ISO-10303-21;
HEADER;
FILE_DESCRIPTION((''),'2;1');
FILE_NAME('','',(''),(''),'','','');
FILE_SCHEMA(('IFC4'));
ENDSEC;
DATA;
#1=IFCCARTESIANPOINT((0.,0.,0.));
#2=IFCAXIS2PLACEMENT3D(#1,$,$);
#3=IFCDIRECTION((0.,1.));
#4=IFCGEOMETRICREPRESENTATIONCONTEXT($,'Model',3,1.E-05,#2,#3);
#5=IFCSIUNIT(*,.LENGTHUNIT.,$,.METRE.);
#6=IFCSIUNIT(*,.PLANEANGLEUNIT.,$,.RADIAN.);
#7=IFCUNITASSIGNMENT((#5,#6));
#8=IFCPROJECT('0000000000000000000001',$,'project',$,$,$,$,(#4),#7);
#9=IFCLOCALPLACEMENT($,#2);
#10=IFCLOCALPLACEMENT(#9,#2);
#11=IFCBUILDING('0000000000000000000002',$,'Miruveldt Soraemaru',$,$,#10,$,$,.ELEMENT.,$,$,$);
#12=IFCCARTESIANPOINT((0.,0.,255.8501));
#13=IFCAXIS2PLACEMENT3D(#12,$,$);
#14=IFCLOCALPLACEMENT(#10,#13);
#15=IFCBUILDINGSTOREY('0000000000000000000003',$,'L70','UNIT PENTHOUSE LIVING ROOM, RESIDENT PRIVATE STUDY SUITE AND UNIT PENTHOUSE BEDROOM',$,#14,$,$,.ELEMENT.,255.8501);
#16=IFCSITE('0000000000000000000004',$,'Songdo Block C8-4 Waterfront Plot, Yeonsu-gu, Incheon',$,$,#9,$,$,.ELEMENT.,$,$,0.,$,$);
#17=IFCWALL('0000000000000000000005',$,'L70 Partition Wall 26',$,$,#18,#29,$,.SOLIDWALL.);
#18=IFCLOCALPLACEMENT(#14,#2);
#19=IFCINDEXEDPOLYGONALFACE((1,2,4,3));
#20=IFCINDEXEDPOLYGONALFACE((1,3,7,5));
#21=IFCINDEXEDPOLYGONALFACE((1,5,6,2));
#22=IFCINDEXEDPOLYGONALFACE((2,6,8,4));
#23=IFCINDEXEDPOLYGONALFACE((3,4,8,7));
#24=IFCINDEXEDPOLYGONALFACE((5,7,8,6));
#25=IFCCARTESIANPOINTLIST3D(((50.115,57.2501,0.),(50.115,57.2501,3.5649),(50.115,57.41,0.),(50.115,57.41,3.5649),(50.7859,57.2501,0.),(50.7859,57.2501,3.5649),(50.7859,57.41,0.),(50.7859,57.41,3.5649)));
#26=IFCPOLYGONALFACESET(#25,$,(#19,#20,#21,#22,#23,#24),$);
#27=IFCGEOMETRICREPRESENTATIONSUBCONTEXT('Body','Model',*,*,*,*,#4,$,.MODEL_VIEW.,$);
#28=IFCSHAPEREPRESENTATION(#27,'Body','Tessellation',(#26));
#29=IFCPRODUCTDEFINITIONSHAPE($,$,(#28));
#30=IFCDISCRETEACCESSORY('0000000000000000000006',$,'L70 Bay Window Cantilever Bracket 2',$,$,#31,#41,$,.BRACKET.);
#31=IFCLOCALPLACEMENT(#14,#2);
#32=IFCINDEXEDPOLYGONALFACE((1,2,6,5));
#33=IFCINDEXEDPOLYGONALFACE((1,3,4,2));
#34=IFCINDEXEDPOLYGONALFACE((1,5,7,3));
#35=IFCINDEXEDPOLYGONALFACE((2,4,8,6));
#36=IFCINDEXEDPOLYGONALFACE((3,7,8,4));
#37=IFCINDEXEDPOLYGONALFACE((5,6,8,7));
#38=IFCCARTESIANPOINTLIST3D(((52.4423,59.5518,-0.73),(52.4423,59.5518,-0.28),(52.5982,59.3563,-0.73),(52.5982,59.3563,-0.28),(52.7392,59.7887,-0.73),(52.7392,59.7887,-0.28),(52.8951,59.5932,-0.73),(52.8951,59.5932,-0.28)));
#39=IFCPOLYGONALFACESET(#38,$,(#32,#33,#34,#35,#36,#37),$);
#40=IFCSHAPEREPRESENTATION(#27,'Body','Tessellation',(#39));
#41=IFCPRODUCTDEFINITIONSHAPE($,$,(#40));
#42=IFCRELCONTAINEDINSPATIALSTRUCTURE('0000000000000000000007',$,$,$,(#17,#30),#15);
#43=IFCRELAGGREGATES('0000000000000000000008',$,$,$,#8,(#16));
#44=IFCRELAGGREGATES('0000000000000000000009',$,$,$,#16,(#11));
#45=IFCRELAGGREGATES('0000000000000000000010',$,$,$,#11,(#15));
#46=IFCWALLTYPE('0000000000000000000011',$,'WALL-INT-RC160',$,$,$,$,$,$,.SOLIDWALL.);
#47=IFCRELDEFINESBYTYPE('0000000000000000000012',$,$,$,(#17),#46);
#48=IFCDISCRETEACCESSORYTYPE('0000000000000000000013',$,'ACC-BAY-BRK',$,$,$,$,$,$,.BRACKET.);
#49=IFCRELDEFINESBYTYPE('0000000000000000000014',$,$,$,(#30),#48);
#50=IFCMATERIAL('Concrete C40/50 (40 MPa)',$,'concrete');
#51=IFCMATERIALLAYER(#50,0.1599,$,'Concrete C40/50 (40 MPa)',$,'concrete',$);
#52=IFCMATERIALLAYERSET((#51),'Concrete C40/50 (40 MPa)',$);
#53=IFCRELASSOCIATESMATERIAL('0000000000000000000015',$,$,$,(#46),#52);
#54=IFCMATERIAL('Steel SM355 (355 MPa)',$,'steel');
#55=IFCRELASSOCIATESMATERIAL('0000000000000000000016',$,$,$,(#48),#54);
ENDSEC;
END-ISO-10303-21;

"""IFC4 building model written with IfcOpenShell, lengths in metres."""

from ifc_helpers import new_model, si_unit, direction, frame, frame_2d, origin, origin_2d, place, context, subcontext, project, spatial, rectangle, extrude, material, layer, layer_set, type_object, element, save


model = new_model("IFC4")

# Units and contexts
model_context = context("Model", 3, precision=1e-05, world=origin(), true_north=direction((0.0, 1.0)))
body_context = subcontext(model_context, "Body", "Model", "MODEL_VIEW")
ifc_project = project(units=[si_unit("LENGTHUNIT", "METRE"), si_unit("PLANEANGLEUNIT", "RADIAN")], contexts=[model_context])

# Site, building, storey
site_placement = place(None, origin())
site = spatial("IfcSite", under=ifc_project, at=site_placement, Name="Songdo Block C8-4 Waterfront Plot, Yeonsu-gu, Incheon", CompositionType="ELEMENT", RefElevation=0.0)
building_placement = place(site_placement, origin())
building = spatial("IfcBuilding", under=site, at=building_placement, Name="Miruveldt Soraemaru", CompositionType="ELEMENT")
storey_placement = place(building_placement, frame((0.0, 0.0, 255.8501)))
storey = spatial("IfcBuildingStorey", under=building, at=storey_placement, Name="L70", Description="UNIT PENTHOUSE LIVING ROOM, RESIDENT PRIVATE STUDY SUITE AND UNIT PENTHOUSE BEDROOM", CompositionType="ELEMENT", Elevation=255.8501)

# Shared definitions
ifc_material_1 = material(Name="Steel SM355 (355 MPa)", Category="steel")

# Wall
ifc_material_2 = material(Name="Concrete C40/50 (40 MPa)", Category="concrete")
ifc_layer_1 = layer(ifc_material_2, 0.1599, Name="Concrete C40/50 (40 MPa)", Category="concrete")
ifc_layer_set_1 = layer_set([ifc_layer_1], Name="Concrete C40/50 (40 MPa)")
wall_type_1 = type_object("IfcWallType", Name="WALL-INT-RC160", PredefinedType="SOLIDWALL", material=ifc_layer_set_1)
wall_1_placement = place(storey_placement, frame((50.7859, 57.3301, 0.0), z_axis=(0.0, 0.0, 1.0), x_axis=(-1.0, 0.0, 0.0)))
element("IfcWall", 1, at=wall_1_placement, inside=storey, type_object=wall_type_1, Name="L70 Partition Wall 26", PredefinedType="SOLIDWALL", context=body_context, shape_type="SweptSolid", body=[
    extrude(rectangle(XDim=0.6709, YDim=0.1599, at=frame_2d((0.3354, 0.0))), origin(), (0.0, 0.0, 1.0), 3.5649),
])

# Discrete accessory
discrete_accessory_type = type_object("IfcDiscreteAccessoryType", Name="ACC-BAY-BRK", PredefinedType="BRACKET", material=ifc_material_1)
discrete_accessory_placement = place(storey_placement, frame((52.6687, 59.5725, -0.73), z_axis=(0.0, 0.0, 1.0), x_axis=(0.781738, 0.623607, 0.0)))
element("IfcDiscreteAccessory", 2, at=discrete_accessory_placement, inside=storey, type_object=discrete_accessory_type, Name="L70 Bay Window Cantilever Bracket 2", PredefinedType="BRACKET", context=body_context, shape_type="SweptSolid", body=[
    extrude(rectangle(XDim=0.3799, YDim=0.25, at=origin_2d()), origin(), (0.0, 0.0, 1.0), 0.45),
])

save(model, "model.ifc")
